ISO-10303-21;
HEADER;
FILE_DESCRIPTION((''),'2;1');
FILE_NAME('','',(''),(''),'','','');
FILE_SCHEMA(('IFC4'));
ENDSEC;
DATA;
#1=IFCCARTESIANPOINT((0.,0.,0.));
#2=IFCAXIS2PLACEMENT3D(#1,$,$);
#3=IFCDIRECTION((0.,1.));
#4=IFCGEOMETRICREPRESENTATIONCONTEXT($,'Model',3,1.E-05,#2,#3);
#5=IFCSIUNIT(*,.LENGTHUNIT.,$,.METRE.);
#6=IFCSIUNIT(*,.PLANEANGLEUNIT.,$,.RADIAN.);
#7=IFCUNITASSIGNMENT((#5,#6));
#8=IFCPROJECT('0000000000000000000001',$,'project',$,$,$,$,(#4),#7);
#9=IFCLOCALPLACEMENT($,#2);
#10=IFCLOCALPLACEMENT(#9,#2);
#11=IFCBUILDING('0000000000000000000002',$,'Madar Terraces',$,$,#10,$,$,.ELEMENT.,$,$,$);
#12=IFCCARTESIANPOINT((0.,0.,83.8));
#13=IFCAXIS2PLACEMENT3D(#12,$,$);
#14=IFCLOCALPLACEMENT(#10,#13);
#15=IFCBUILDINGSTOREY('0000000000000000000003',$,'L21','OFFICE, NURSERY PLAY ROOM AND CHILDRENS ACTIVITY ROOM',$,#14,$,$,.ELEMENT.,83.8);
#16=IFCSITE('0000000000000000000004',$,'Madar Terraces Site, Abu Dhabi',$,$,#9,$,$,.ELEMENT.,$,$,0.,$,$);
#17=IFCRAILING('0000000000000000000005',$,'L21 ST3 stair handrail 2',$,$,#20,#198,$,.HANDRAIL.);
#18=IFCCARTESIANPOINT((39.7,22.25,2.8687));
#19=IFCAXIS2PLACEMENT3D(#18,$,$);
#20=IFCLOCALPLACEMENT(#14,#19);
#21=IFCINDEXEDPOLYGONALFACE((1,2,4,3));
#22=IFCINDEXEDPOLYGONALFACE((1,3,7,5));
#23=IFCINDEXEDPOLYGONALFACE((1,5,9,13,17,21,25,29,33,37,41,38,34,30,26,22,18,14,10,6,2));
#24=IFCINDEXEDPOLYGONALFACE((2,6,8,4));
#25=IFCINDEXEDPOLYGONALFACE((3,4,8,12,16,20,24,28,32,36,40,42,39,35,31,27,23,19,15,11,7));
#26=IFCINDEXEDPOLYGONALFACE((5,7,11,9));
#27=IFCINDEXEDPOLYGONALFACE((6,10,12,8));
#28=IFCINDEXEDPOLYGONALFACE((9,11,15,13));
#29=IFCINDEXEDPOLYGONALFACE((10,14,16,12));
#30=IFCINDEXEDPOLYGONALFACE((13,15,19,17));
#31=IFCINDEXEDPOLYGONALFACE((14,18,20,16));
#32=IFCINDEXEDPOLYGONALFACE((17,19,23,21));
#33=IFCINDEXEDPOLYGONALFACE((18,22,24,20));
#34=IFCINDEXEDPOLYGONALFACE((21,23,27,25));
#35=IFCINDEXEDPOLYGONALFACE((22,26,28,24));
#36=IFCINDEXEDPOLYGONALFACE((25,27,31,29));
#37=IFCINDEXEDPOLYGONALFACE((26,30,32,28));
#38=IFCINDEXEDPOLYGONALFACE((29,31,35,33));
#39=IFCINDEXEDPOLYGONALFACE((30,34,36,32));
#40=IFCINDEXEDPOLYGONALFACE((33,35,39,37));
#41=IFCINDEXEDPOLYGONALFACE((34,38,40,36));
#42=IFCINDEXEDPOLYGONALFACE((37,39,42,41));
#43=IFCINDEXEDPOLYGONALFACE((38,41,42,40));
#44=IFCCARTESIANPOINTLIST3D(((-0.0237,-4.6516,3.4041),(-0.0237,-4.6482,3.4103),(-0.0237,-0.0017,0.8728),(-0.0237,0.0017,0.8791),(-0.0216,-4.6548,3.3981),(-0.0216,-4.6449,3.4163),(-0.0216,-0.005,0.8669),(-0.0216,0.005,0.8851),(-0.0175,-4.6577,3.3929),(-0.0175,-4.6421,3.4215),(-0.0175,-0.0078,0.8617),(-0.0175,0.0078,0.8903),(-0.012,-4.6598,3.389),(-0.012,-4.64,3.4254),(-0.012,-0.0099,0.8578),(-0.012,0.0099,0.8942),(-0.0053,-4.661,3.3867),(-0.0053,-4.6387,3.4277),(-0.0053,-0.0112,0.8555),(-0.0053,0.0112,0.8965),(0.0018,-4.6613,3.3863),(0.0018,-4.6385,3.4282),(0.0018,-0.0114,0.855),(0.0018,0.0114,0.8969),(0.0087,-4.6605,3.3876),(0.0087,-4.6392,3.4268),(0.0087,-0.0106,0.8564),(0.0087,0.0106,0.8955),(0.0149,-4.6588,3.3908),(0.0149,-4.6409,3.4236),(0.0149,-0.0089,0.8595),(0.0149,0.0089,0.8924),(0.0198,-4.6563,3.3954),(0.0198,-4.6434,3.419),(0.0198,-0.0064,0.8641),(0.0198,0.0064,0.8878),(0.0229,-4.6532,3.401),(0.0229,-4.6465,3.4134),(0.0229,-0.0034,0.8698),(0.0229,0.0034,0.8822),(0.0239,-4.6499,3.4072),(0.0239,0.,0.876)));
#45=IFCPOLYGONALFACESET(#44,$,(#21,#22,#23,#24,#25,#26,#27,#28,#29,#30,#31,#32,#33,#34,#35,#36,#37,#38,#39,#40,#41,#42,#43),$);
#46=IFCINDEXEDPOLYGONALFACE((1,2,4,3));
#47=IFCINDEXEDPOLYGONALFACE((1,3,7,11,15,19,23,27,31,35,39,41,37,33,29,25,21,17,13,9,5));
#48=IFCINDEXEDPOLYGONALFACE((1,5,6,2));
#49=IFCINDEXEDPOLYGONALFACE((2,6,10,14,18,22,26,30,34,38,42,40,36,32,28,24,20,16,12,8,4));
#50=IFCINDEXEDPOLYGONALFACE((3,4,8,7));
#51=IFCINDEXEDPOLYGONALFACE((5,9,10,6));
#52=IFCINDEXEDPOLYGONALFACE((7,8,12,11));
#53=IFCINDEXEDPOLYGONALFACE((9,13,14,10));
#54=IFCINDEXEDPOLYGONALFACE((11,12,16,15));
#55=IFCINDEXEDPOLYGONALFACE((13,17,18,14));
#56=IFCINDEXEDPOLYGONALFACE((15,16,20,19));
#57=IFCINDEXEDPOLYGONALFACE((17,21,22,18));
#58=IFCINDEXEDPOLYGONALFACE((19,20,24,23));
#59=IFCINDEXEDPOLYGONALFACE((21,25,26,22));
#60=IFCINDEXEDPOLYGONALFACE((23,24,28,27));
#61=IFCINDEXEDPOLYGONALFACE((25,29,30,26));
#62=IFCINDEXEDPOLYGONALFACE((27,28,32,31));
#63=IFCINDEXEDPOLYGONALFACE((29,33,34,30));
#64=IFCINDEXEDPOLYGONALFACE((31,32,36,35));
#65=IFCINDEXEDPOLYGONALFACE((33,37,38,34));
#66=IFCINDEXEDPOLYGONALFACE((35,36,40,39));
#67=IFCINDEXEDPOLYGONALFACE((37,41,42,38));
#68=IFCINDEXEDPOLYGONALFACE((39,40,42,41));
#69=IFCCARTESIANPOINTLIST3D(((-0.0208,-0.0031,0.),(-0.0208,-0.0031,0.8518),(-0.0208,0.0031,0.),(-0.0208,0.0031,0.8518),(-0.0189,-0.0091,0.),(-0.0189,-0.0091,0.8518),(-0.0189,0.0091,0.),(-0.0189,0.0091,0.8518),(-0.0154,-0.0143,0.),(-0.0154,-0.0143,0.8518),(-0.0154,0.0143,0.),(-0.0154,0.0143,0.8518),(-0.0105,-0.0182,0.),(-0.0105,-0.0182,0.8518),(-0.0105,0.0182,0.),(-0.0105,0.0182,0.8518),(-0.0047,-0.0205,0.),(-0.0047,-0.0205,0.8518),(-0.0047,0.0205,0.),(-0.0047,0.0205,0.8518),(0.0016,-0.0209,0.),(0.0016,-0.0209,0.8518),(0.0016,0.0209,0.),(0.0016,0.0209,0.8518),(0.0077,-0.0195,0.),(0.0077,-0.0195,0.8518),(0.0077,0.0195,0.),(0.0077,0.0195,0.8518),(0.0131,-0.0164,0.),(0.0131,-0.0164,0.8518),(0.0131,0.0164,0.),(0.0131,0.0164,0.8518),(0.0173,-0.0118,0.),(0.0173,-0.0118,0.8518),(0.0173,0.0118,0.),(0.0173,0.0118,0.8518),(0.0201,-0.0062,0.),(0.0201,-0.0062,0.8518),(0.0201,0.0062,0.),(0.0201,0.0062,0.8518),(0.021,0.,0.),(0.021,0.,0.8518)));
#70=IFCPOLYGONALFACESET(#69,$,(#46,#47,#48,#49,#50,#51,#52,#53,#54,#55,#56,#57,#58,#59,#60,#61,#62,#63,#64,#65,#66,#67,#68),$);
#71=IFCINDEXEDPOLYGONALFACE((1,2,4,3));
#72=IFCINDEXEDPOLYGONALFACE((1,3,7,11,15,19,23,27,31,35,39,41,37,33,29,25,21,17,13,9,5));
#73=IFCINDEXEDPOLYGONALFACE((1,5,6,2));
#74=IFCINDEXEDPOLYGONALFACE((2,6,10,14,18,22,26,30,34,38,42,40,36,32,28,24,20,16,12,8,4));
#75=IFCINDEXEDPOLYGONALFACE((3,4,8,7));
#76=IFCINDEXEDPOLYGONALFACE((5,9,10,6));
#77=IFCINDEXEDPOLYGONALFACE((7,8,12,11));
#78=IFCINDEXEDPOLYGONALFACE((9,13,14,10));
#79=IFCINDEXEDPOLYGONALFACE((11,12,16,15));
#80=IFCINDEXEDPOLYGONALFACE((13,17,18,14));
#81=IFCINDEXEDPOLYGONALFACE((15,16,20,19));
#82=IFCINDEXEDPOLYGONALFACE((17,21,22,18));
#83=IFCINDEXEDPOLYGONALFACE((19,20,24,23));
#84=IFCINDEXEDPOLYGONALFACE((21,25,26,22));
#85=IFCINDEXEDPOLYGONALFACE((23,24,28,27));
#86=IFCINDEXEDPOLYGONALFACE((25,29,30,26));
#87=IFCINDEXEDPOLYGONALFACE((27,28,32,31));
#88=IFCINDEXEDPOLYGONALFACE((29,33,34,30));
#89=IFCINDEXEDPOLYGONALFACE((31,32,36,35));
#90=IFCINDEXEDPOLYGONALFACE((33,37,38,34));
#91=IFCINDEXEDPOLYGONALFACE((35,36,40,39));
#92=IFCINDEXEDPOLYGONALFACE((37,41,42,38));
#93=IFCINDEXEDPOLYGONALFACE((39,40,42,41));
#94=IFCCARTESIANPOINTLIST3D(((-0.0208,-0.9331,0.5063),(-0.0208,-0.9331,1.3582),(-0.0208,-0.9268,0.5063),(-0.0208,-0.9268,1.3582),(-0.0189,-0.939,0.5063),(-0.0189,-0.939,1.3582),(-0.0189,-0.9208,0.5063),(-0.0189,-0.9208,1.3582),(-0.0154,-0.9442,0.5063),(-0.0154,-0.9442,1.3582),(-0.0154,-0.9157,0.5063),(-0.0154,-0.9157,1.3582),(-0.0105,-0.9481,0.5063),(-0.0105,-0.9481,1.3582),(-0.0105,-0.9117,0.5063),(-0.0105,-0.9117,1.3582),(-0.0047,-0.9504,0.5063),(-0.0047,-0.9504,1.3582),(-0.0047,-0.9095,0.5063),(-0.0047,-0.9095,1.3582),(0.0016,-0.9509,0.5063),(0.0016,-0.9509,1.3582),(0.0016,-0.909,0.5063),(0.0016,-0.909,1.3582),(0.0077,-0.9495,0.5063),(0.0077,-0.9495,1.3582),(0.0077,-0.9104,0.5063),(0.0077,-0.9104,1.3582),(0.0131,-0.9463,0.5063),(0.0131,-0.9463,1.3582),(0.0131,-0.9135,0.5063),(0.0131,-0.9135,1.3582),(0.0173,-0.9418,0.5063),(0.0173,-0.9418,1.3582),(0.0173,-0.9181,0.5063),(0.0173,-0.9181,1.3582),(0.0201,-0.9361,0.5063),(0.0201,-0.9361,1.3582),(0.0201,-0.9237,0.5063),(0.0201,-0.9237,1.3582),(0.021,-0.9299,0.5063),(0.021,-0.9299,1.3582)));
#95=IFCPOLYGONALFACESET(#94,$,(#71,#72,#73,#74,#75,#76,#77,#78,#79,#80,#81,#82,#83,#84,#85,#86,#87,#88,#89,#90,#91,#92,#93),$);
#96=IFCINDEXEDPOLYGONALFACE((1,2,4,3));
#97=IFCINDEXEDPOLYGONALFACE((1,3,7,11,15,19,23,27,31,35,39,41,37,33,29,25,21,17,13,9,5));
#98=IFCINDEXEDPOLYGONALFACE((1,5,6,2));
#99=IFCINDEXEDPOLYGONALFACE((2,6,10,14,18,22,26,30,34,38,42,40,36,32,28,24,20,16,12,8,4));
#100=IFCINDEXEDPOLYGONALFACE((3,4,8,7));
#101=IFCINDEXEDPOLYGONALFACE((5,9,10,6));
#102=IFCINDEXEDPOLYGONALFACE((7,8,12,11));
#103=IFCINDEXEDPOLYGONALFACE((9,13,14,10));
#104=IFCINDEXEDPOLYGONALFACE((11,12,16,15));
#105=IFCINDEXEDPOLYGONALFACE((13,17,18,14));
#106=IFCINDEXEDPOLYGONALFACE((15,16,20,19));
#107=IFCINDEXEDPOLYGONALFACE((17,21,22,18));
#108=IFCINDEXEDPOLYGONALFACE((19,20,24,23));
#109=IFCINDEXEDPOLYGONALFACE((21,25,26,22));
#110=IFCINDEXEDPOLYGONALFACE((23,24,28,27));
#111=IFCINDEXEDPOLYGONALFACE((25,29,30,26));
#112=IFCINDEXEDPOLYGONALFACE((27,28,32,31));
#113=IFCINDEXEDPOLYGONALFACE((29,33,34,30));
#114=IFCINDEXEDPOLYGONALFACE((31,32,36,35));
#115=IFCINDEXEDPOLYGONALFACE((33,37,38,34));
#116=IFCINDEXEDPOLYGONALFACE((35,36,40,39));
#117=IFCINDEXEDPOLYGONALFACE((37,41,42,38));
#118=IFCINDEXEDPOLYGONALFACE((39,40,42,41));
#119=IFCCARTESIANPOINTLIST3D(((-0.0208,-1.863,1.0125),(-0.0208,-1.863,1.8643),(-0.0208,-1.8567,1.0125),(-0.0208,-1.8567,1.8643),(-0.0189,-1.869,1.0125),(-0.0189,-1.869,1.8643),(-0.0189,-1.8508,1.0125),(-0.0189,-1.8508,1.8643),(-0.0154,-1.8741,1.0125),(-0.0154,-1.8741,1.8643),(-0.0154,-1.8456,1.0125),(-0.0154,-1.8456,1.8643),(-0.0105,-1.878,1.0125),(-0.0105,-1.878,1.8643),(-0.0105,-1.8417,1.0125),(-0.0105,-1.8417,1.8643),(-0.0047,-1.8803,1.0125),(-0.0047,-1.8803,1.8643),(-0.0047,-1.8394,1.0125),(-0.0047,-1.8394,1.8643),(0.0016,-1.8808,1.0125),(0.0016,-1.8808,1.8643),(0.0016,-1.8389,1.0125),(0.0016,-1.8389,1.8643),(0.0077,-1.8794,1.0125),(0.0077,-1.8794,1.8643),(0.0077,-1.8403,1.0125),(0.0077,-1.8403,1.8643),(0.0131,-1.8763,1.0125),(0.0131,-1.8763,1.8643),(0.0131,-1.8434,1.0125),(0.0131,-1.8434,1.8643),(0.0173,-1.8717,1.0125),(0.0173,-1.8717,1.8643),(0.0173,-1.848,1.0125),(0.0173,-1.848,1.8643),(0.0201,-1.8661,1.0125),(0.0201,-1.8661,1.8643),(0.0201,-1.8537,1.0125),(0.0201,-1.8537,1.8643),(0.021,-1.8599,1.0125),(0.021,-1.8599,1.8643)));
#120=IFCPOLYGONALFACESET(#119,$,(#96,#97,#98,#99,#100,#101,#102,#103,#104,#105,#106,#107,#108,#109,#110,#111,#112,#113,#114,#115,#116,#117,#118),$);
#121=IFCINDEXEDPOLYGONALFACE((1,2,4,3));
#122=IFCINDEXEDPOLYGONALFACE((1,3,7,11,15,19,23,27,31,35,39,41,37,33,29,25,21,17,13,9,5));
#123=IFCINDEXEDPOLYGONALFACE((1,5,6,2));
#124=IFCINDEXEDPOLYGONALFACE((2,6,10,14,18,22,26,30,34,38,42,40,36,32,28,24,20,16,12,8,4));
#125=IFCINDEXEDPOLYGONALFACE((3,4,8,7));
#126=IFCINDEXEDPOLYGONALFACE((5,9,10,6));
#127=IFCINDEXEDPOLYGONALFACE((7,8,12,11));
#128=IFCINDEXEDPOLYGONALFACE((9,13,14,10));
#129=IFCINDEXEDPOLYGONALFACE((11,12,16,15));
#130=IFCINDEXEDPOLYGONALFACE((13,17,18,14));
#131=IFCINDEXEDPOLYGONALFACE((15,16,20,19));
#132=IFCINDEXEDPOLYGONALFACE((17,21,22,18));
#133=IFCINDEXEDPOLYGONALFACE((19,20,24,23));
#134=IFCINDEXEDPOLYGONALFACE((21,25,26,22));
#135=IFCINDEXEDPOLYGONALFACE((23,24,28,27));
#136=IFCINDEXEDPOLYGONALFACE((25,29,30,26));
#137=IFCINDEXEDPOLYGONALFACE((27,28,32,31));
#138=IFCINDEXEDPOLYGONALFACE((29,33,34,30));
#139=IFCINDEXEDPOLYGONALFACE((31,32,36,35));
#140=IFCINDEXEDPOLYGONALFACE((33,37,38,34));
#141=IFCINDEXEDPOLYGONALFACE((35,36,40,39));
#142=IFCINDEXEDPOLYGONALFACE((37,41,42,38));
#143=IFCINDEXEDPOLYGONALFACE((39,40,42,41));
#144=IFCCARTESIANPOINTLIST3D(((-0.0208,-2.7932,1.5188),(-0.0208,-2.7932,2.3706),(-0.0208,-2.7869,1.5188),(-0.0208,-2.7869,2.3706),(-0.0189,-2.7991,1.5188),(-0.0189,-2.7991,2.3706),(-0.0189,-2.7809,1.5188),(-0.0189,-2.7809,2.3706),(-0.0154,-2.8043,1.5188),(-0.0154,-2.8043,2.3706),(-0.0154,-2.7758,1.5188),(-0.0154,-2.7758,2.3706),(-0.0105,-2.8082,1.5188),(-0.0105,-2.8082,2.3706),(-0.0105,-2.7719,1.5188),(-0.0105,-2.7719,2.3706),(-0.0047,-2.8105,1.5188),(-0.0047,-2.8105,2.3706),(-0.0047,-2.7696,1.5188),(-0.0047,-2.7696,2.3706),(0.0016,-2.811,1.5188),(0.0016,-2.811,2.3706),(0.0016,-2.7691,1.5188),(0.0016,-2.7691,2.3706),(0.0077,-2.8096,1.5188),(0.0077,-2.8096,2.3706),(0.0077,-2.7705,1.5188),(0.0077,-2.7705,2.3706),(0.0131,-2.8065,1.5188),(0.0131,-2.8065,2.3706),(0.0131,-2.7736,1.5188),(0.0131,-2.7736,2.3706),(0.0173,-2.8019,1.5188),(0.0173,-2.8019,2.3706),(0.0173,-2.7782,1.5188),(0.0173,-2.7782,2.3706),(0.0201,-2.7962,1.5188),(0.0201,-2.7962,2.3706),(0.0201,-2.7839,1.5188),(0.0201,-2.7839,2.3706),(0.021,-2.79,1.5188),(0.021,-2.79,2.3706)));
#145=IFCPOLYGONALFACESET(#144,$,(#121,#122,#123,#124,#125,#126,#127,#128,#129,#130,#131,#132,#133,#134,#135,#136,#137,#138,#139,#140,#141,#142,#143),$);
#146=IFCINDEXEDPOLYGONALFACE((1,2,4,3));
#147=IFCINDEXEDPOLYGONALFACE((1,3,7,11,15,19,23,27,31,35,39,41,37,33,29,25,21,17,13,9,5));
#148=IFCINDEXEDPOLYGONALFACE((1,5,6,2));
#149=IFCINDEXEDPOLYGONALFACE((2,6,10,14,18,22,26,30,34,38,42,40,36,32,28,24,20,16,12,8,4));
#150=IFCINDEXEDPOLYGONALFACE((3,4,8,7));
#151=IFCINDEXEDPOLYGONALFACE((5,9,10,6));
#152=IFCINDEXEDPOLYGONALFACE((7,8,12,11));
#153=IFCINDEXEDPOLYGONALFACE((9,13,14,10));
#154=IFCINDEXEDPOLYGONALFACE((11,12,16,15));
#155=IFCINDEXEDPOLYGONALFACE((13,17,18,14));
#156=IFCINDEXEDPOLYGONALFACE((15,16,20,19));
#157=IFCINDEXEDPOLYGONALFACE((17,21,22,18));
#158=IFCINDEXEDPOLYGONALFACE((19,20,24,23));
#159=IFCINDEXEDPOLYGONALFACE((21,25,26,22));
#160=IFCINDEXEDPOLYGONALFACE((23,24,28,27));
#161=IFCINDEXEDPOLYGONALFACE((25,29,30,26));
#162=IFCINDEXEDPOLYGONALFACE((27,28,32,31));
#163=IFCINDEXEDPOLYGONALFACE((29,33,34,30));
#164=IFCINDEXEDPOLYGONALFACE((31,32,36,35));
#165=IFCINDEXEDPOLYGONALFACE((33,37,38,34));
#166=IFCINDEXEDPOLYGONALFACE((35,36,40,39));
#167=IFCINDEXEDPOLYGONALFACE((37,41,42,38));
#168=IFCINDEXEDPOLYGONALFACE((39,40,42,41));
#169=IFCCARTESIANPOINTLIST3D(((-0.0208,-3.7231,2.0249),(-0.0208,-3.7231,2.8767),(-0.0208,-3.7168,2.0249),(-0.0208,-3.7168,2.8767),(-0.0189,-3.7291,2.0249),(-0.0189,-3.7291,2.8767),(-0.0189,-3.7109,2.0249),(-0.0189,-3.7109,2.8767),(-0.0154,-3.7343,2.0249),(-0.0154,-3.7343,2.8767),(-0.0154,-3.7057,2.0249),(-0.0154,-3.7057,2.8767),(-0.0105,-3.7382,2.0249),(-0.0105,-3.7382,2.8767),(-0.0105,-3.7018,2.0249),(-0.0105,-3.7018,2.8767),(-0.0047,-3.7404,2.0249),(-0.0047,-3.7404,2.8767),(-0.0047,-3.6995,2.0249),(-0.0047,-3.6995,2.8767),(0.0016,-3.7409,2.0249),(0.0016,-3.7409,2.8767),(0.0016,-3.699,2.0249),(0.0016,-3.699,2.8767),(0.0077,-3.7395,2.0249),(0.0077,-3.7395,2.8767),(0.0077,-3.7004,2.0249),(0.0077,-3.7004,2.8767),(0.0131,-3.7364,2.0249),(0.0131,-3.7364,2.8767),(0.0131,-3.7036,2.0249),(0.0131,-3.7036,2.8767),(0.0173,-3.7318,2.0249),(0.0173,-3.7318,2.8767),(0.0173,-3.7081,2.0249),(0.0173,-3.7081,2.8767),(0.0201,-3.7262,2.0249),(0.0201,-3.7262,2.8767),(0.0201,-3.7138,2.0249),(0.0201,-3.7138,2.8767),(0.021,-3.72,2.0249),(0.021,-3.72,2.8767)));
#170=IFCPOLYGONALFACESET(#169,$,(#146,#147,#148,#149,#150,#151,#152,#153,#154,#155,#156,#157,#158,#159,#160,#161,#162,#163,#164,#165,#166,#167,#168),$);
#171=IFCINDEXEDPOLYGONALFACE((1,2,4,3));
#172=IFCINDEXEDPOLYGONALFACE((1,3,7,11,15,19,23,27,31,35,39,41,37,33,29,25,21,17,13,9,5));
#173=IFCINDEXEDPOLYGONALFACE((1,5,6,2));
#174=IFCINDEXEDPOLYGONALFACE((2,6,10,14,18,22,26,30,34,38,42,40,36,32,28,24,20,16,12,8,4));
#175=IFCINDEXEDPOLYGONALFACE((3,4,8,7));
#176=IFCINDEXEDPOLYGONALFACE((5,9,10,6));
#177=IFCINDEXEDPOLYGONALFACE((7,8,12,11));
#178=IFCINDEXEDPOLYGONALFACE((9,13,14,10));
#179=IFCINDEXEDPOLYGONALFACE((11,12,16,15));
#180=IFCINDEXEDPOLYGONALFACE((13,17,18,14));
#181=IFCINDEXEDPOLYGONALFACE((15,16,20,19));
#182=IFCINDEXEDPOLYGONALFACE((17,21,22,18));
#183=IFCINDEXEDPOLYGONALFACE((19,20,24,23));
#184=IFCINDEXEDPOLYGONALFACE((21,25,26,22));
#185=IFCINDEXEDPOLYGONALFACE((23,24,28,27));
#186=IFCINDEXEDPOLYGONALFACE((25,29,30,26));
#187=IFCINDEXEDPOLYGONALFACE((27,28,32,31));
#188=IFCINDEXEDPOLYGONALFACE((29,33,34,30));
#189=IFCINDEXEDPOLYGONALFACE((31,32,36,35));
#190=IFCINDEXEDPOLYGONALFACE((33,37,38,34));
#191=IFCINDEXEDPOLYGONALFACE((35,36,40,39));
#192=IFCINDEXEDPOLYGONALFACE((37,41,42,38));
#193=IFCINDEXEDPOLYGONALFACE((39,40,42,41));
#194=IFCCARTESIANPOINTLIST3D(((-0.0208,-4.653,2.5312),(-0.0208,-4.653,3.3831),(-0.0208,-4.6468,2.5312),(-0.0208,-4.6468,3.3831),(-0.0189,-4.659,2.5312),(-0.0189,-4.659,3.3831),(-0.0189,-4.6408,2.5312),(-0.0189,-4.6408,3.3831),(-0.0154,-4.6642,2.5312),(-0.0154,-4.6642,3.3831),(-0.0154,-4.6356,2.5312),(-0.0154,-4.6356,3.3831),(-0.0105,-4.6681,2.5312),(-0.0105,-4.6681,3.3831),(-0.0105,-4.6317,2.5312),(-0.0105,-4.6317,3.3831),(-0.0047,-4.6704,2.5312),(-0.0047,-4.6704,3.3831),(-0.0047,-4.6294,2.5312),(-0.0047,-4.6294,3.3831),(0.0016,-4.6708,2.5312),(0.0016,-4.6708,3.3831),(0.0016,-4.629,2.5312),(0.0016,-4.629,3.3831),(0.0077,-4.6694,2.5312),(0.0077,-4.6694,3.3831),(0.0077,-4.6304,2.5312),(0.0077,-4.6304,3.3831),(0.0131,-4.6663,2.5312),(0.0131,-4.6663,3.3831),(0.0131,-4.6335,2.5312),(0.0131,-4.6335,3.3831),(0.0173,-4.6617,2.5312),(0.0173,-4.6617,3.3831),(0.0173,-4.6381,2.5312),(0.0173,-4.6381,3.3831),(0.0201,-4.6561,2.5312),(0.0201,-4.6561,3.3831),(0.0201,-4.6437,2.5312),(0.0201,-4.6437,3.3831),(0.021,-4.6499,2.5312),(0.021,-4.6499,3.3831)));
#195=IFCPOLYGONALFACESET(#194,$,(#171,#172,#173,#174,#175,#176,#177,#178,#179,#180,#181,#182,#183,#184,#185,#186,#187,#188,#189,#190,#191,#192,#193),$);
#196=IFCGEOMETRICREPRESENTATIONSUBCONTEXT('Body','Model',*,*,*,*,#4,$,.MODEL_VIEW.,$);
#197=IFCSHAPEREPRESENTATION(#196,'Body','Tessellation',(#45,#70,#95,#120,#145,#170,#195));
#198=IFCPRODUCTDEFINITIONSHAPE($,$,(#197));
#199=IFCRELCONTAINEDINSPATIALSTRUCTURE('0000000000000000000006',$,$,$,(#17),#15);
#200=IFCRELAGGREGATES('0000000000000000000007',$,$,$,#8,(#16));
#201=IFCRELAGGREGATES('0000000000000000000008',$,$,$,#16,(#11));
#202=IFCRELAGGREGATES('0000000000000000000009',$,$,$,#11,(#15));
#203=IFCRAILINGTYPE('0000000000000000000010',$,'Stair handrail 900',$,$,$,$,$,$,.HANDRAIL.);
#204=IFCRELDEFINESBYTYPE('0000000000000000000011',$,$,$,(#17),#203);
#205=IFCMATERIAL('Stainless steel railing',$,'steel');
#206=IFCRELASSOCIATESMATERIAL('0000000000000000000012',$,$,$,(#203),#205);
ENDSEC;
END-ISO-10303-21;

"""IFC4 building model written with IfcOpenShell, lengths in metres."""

from ifc_helpers import new_model, si_unit, direction, frame, origin, origin_2d, place, context, subcontext, project, spatial, circle, extrude, material, type_object, element, save


model = new_model("IFC4")

# Units and contexts
model_context = context("Model", 3, precision=1e-05, world=origin(), true_north=direction((0.0, 1.0)))
body_context = subcontext(model_context, "Body", "Model", "MODEL_VIEW")
ifc_project = project(units=[si_unit("LENGTHUNIT", "METRE"), si_unit("PLANEANGLEUNIT", "RADIAN")], contexts=[model_context])

# Site, building, storey
site_placement = place(None, origin())
site = spatial("IfcSite", under=ifc_project, at=site_placement, Name="Madar Terraces Site, Abu Dhabi", CompositionType="ELEMENT", RefElevation=0.0)
building_placement = place(site_placement, origin())
building = spatial("IfcBuilding", under=site, at=building_placement, Name="Madar Terraces", CompositionType="ELEMENT")
storey_placement = place(building_placement, frame((0.0, 0.0, 83.8)))
storey = spatial("IfcBuildingStorey", under=building, at=storey_placement, Name="L21", Description="OFFICE, NURSERY PLAY ROOM AND CHILDRENS ACTIVITY ROOM", CompositionType="ELEMENT", Elevation=83.8)

# Railing
ifc_material_1 = material(Name="Stainless steel railing", Category="steel")
railing_type_1 = type_object("IfcRailingType", Name="Stair handrail 900", PredefinedType="HANDRAIL", material=ifc_material_1)
railing_1_placement = place(storey_placement, frame((39.7, 22.25, 2.8687)))
element("IfcRailing", 1, at=railing_1_placement, inside=storey, type_object=railing_type_1, Name="L21 ST3 stair handrail 2", PredefinedType="HANDRAIL", context=body_context, shape_type="SweptSolid", body=[
    extrude(circle(Radius=0.0239, at=origin_2d()), frame((0.0, 0.0, 0.876), z_axis=(0.0, -0.878297, 0.478115), x_axis=(1.0, 0.0, 0.0)), (0.0, 0.0, 1.0), 5.2942),
    extrude(circle(Radius=0.021, at=origin_2d()), origin(), (0.0, 0.0, 1.0), 0.8518),
    extrude(circle(Radius=0.021, at=origin_2d()), frame((0.0, -0.9299, 0.5063)), (0.0, 0.0, 1.0), 0.8518),
    extrude(circle(Radius=0.021, at=origin_2d()), frame((0.0, -1.8599, 1.0125)), (0.0, 0.0, 1.0), 0.8518),
    extrude(circle(Radius=0.021, at=origin_2d()), frame((0.0, -2.79, 1.5188)), (0.0, 0.0, 1.0), 0.8518),
    extrude(circle(Radius=0.021, at=origin_2d()), frame((0.0, -3.72, 2.0249)), (0.0, 0.0, 1.0), 0.8518),
    extrude(circle(Radius=0.021, at=origin_2d()), frame((0.0, -4.6499, 2.5312)), (0.0, 0.0, 1.0), 0.8518),
])

save(model, "model.ifc")
